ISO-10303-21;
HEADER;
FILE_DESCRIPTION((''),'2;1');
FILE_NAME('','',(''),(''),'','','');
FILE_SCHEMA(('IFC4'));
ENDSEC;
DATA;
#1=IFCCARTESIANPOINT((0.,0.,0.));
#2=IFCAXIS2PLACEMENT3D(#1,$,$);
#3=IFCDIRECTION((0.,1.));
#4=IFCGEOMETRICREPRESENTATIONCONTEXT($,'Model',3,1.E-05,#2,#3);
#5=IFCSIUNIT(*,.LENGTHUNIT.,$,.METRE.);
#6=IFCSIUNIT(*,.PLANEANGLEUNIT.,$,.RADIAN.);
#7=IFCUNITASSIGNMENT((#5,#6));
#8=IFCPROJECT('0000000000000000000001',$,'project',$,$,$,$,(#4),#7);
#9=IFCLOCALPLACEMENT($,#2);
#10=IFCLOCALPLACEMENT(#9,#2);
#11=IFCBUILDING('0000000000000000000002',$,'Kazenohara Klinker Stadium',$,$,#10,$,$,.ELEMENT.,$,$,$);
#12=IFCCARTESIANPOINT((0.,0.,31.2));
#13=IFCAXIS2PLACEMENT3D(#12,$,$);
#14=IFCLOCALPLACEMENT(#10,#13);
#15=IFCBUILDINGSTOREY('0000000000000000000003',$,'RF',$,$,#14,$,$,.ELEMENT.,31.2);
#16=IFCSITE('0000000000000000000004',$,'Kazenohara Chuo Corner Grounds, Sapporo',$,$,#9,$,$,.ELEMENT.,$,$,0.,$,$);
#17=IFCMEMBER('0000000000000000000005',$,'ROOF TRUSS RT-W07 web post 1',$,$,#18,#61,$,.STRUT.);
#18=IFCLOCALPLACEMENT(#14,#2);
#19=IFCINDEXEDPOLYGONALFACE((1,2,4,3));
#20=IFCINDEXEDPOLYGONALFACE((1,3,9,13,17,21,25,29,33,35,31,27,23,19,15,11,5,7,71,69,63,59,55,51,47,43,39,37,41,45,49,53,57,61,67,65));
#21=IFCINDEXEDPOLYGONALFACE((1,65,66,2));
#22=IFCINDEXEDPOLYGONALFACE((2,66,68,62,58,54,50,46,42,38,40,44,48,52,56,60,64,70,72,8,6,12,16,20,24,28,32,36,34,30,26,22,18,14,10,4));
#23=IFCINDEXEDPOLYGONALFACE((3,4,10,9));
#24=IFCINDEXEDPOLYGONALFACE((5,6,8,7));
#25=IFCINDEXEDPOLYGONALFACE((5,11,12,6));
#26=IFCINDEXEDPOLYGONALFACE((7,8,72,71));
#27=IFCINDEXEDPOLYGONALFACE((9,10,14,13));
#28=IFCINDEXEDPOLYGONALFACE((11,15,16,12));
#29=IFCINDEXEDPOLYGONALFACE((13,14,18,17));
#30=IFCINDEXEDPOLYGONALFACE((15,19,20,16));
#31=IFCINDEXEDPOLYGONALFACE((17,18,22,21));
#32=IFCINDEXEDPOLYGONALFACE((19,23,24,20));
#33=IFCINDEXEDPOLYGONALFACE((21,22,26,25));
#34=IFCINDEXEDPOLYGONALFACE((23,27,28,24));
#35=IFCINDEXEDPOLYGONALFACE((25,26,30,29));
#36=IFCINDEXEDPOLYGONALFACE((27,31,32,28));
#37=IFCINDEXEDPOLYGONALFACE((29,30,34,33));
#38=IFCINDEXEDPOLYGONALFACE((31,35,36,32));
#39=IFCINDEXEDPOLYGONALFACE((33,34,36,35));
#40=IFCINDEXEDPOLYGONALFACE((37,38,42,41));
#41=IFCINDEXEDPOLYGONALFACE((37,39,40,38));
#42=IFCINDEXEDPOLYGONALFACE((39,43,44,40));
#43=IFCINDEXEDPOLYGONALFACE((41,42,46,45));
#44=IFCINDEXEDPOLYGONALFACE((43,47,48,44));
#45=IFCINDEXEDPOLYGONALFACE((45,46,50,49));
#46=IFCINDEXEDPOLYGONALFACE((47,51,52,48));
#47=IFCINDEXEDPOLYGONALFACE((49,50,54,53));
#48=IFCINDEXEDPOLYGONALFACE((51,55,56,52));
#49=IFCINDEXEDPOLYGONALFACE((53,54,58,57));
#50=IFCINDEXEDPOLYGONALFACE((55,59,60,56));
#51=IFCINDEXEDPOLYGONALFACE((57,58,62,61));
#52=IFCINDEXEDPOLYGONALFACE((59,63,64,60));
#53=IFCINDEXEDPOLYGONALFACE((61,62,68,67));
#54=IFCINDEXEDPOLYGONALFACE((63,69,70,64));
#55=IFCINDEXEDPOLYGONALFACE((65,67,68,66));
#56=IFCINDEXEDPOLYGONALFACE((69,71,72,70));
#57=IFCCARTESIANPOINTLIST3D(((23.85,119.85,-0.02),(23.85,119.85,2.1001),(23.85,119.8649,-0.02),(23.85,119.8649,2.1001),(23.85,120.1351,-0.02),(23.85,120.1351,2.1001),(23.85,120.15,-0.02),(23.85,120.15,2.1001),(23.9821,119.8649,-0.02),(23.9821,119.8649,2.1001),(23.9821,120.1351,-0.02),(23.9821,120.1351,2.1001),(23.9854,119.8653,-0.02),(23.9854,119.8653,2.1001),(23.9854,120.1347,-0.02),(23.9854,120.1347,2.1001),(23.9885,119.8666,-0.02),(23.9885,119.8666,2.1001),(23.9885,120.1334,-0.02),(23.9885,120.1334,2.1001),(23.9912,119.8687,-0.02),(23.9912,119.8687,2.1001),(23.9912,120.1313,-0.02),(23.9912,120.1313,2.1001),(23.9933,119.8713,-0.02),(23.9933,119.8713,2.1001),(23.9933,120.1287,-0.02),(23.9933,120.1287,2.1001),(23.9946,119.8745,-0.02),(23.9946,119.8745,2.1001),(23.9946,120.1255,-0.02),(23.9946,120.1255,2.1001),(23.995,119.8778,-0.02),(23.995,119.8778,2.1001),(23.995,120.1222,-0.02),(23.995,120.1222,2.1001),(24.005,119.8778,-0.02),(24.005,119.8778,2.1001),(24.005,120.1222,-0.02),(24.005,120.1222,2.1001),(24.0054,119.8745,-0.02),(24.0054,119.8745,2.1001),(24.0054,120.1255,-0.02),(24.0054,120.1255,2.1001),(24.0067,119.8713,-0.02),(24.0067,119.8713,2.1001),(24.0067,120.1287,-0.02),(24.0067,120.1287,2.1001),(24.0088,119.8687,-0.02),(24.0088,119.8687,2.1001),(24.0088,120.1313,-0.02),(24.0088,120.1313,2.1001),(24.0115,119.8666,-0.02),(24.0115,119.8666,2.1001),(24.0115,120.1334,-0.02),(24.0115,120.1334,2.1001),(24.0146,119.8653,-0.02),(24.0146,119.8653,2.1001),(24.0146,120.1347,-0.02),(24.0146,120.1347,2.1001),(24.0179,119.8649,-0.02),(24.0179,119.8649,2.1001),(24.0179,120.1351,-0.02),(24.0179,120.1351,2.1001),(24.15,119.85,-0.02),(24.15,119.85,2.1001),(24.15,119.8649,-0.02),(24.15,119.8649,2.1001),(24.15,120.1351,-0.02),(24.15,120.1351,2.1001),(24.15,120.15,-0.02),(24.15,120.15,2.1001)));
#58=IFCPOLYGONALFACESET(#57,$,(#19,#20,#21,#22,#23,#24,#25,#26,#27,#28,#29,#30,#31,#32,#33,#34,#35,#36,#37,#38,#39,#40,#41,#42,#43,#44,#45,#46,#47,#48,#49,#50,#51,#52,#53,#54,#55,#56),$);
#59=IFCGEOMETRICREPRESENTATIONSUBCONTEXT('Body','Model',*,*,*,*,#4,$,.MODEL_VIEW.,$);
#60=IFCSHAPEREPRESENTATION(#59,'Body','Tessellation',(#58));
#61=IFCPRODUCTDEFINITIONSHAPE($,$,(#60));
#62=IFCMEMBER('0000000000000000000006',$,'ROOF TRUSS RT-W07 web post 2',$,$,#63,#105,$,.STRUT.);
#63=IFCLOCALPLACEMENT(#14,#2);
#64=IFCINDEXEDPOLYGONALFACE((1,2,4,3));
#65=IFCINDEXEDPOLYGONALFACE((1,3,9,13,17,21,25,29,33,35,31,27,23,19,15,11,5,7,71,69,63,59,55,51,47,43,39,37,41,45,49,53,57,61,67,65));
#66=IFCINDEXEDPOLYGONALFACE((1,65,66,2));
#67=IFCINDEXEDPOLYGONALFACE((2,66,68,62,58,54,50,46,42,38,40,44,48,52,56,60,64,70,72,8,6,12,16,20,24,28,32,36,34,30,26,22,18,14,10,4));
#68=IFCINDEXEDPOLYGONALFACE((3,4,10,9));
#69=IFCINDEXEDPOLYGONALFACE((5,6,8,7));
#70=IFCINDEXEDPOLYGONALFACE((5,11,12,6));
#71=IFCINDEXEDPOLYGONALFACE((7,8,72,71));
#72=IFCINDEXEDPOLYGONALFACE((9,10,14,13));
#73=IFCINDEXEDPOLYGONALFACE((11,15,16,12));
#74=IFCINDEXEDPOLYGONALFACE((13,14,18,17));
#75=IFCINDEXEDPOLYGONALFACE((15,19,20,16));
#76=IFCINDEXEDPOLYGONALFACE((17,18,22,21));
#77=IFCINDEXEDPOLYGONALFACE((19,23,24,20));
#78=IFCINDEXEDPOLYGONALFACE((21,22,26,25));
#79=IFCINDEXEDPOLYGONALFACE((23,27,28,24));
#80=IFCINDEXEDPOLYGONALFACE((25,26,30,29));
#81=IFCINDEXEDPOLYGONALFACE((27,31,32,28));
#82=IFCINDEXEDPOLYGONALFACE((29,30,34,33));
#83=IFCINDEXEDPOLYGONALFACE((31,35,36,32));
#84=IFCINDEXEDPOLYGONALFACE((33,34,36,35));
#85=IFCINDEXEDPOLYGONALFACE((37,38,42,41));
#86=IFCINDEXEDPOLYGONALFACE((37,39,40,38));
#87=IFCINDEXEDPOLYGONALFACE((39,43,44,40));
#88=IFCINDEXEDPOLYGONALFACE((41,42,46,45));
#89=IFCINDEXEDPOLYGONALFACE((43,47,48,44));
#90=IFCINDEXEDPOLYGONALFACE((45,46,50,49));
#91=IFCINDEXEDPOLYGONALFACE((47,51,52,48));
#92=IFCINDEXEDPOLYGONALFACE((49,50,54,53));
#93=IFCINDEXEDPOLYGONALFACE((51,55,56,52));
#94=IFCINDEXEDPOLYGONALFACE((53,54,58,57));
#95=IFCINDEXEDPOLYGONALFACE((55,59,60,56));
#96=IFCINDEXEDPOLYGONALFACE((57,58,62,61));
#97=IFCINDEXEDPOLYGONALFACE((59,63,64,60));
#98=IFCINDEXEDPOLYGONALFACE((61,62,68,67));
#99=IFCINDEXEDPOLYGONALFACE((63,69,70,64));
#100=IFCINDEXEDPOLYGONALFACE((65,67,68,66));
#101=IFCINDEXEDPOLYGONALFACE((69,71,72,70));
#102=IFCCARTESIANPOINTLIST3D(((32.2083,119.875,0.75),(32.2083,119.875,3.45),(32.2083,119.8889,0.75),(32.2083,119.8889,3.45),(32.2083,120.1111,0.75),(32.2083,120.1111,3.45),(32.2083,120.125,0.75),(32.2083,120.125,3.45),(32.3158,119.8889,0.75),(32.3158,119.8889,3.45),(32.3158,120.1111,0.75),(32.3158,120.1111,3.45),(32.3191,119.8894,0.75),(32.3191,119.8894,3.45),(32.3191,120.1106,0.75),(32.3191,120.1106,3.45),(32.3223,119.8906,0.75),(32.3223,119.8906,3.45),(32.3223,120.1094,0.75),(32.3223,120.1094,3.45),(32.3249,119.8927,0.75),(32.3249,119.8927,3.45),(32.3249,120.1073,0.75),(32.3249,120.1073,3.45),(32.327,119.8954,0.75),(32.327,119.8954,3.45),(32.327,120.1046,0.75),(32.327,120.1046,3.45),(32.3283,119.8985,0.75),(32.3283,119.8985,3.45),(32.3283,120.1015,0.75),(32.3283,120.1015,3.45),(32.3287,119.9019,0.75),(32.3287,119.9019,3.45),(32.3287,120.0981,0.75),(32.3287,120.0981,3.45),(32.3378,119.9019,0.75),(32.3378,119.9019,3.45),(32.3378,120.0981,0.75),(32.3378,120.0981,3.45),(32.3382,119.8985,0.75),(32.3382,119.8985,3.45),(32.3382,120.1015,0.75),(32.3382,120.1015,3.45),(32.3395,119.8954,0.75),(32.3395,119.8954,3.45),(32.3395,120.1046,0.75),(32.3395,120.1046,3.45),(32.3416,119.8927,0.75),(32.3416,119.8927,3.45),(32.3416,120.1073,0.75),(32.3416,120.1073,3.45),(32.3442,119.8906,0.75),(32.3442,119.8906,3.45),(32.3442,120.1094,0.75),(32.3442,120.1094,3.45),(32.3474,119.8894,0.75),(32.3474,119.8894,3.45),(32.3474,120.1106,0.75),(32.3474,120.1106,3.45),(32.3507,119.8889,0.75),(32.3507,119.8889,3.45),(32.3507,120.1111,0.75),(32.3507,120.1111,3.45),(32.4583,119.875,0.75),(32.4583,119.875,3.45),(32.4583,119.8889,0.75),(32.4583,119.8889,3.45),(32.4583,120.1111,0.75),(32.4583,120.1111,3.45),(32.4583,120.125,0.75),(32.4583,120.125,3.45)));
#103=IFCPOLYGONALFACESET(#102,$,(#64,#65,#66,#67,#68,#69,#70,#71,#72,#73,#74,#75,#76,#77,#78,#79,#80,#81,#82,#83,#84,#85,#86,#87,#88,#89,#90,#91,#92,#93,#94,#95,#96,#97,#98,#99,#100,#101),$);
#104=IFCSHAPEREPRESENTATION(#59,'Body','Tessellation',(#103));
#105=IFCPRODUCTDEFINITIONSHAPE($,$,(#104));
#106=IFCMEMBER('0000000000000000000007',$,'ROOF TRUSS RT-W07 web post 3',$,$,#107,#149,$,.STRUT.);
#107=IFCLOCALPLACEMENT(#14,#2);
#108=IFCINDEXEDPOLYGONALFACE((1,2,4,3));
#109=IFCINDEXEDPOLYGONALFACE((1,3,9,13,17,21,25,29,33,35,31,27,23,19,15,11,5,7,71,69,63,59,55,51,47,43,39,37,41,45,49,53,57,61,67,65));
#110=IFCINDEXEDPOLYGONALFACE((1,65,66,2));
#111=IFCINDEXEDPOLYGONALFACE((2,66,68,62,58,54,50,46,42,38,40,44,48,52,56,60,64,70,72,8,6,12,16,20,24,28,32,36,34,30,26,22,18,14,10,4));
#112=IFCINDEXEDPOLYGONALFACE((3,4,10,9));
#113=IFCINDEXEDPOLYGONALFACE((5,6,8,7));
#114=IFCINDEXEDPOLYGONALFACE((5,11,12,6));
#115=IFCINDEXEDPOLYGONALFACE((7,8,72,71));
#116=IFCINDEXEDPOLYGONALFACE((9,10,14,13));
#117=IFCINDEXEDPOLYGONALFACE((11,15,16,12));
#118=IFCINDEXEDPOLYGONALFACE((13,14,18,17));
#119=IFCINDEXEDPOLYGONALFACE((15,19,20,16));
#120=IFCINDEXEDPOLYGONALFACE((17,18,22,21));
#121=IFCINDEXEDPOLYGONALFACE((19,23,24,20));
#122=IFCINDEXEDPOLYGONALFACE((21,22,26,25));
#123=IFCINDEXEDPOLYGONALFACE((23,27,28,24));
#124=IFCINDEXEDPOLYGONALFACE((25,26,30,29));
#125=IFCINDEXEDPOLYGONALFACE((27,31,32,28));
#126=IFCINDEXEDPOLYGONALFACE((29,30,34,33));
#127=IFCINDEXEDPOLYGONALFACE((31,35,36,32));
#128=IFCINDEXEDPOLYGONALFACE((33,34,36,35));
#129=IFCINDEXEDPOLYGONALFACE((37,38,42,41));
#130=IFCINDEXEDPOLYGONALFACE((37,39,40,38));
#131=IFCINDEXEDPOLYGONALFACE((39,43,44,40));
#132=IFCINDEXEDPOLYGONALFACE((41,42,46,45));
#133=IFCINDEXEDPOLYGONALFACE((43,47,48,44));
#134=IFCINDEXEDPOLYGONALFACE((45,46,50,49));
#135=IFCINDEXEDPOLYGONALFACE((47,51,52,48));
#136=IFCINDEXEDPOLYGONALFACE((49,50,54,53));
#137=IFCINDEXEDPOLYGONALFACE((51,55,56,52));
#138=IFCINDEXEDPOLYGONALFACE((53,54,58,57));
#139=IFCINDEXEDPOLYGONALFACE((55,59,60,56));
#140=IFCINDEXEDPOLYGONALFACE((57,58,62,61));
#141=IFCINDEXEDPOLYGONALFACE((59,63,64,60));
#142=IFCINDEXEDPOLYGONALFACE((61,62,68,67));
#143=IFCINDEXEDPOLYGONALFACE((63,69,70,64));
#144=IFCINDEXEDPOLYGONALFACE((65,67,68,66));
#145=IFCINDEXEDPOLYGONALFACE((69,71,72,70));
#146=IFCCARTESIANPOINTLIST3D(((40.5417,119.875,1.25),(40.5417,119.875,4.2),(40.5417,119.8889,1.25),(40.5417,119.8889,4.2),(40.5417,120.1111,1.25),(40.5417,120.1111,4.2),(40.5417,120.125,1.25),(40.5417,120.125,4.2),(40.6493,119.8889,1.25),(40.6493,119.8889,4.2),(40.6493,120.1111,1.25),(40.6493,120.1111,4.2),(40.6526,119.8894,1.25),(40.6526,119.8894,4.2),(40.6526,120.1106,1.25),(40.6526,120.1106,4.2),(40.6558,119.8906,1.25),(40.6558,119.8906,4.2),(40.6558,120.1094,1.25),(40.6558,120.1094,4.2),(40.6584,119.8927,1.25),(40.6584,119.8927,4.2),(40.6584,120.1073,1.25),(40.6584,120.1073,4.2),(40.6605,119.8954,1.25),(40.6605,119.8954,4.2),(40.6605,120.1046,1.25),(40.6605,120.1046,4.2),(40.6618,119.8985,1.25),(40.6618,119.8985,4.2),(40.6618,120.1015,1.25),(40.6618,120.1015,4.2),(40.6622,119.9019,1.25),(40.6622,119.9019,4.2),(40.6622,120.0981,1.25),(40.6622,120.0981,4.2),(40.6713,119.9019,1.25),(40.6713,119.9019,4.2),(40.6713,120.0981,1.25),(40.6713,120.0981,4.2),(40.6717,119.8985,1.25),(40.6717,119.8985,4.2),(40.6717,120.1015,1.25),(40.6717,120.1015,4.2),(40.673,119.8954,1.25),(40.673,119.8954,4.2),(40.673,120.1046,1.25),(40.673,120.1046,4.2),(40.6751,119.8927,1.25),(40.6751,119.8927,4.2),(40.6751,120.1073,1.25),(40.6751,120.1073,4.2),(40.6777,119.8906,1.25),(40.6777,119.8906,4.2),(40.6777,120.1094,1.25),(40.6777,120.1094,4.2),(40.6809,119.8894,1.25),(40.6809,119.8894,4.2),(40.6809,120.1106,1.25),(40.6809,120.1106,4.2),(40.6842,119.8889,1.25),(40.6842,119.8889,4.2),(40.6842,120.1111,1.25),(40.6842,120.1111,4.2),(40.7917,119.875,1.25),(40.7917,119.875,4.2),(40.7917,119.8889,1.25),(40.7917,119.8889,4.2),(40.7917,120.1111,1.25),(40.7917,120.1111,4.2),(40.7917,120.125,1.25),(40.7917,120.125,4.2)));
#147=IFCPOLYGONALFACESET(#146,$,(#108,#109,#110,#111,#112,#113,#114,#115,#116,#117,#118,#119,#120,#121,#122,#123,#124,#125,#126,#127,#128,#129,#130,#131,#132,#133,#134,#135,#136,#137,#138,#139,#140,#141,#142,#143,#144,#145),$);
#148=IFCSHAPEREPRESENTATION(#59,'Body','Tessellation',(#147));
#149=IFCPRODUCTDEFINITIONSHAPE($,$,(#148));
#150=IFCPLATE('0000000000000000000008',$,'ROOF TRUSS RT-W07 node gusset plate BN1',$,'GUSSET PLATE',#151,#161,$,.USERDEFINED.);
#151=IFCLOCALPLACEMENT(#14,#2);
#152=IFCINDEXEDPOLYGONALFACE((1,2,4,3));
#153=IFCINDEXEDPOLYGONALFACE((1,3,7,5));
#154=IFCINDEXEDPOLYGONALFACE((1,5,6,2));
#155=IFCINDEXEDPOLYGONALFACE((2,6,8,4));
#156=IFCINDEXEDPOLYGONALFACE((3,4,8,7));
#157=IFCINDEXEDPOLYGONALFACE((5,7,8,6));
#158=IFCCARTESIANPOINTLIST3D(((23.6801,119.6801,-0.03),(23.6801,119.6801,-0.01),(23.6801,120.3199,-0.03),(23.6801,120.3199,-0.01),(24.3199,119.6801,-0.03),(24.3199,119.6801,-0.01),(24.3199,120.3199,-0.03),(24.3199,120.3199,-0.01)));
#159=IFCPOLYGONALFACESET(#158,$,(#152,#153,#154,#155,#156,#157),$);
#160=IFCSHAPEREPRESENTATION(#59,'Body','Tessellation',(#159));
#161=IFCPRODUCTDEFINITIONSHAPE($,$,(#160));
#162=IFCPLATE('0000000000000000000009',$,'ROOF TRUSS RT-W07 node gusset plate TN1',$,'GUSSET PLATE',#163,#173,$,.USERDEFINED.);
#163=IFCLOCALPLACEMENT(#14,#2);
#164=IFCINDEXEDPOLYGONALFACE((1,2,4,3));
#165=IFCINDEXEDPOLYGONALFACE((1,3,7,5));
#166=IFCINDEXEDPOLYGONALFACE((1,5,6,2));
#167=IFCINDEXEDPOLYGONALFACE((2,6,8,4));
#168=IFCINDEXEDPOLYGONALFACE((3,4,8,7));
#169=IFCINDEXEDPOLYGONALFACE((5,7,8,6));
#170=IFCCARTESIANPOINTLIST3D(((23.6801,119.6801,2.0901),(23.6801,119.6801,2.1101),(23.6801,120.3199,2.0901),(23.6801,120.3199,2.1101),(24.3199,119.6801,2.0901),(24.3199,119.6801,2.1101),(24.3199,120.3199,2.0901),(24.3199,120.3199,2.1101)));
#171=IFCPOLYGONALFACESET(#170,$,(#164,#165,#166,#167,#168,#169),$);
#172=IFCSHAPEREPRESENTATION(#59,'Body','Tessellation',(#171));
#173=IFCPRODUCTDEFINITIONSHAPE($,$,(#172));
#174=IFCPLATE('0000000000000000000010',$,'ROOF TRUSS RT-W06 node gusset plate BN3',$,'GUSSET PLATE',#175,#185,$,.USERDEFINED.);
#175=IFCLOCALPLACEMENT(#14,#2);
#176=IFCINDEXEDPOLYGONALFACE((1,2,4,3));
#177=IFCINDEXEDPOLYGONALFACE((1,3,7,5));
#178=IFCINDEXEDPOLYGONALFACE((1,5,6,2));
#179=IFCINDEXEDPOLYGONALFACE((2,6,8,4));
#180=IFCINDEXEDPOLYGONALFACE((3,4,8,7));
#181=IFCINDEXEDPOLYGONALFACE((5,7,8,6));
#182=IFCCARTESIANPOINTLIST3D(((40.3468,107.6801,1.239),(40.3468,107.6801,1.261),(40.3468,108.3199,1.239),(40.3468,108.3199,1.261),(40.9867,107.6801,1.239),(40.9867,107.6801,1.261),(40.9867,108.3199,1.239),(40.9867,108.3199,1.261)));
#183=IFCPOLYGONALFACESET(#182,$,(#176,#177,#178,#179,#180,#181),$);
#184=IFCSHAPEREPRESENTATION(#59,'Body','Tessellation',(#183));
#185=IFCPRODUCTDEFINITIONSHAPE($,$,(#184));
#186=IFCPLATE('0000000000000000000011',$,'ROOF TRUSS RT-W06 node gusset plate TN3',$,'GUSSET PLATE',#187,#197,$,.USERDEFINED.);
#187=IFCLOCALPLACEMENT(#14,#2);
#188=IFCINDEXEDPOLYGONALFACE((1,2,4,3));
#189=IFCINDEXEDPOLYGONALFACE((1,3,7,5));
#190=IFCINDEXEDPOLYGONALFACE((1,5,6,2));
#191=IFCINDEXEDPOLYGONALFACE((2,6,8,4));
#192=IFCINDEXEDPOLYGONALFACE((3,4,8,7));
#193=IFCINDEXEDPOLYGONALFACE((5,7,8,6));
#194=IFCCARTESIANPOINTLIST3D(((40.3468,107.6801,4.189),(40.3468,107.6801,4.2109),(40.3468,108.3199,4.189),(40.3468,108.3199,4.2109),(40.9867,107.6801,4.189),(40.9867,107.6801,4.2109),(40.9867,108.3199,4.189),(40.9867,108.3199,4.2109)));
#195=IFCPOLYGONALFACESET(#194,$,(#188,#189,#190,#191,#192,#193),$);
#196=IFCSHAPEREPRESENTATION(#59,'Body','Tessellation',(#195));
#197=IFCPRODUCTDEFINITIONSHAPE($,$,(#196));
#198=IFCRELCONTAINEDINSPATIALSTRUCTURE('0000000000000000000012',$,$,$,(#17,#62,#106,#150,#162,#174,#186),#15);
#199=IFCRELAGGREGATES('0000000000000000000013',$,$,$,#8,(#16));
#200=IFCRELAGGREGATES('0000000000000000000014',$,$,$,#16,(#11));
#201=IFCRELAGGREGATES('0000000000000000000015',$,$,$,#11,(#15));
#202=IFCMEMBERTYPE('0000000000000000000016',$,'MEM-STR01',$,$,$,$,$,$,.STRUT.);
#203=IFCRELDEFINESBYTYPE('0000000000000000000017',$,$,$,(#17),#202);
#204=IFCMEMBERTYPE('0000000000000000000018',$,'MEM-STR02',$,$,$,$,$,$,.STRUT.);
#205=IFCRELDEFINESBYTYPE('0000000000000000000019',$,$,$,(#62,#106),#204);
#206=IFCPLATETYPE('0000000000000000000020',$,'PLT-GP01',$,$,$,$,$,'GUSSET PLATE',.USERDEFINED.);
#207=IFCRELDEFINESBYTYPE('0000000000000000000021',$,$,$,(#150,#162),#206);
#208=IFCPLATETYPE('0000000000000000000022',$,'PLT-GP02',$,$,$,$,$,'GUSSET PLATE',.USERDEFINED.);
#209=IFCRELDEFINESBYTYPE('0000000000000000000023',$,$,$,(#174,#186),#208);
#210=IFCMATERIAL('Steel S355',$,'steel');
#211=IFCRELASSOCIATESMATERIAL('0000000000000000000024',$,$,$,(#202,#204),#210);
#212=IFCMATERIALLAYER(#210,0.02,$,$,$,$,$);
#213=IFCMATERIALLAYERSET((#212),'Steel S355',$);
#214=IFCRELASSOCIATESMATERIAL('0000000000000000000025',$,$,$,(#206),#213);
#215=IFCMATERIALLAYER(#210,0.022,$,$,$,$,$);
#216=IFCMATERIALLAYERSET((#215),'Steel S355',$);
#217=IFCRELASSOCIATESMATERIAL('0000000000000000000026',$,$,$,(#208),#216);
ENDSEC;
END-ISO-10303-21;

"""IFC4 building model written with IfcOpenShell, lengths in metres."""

from ifc_helpers import new_model, si_unit, direction, frame, origin, origin_2d, place, context, subcontext, project, spatial, rectangle, i_section, extrude, material, layer, layer_set, material_profile, profile_set, type_object, element, save


model = new_model("IFC4")

# Units and contexts
model_context = context("Model", 3, precision=1e-05, world=origin(), true_north=direction((0.0, 1.0)))
body_context = subcontext(model_context, "Body", "Model", "MODEL_VIEW")
ifc_project = project(units=[si_unit("LENGTHUNIT", "METRE"), si_unit("PLANEANGLEUNIT", "RADIAN")], contexts=[model_context])

# Site, building, storey
site_placement = place(None, origin())
site = spatial("IfcSite", under=ifc_project, at=site_placement, Name="Kazenohara Chuo Corner Grounds, Sapporo", CompositionType="ELEMENT", RefElevation=0.0)
building_placement = place(site_placement, origin())
building = spatial("IfcBuilding", under=site, at=building_placement, Name="Kazenohara Klinker Stadium", CompositionType="ELEMENT")
storey_placement = place(building_placement, frame((0.0, 0.0, 31.2)))
storey = spatial("IfcBuildingStorey", under=building, at=storey_placement, Name="RF", CompositionType="ELEMENT", Elevation=31.2)

# Members
ifc_material = material(Name="Steel S355", Category="steel")
ifc_material_profile_1 = material_profile(ifc_material, i_section(OverallWidth=0.3, OverallDepth=0.3, WebThickness=0.01, FlangeThickness=0.0149, FilletRadius=0.0129, at=origin_2d()), Name="H-300x300x10x15")
ifc_profile_set_1 = profile_set([ifc_material_profile_1], Name="Steel S355")
member_type_1 = type_object("IfcMemberType", Name="MEM-STR01", PredefinedType="STRUT", material=ifc_profile_set_1)
member_1_placement = place(storey_placement, frame((24.0, 120.0, -0.02), z_axis=(0.0, 0.0, 1.0), x_axis=(1.0, 0.0, 0.0)))
element("IfcMember", 1, at=member_1_placement, inside=storey, type_object=member_type_1, Name="ROOF TRUSS RT-W07 web post 1", PredefinedType="STRUT", context=body_context, shape_type="SweptSolid", body=[
    extrude(i_section(OverallWidth=0.3, OverallDepth=0.3, WebThickness=0.01, FlangeThickness=0.0149, FilletRadius=0.0129, at=origin_2d()), origin(), (0.0, 0.0, 1.0), 2.1201),
])
ifc_material_profile_2 = material_profile(ifc_material, i_section(OverallWidth=0.25, OverallDepth=0.25, WebThickness=0.009, FlangeThickness=0.0139, FilletRadius=0.0129, at=origin_2d()), Name="H-250x250x9x14")
ifc_profile_set_2 = profile_set([ifc_material_profile_2], Name="Steel S355")
member_type_2 = type_object("IfcMemberType", Name="MEM-STR02", PredefinedType="STRUT", material=ifc_profile_set_2)
member_2_placement = place(storey_placement, frame((32.3333, 120.0, 0.75), z_axis=(0.0, 0.0, 1.0), x_axis=(1.0, 0.0, 0.0)))
element("IfcMember", 2, at=member_2_placement, inside=storey, type_object=member_type_2, Name="ROOF TRUSS RT-W07 web post 2", PredefinedType="STRUT", context=body_context, shape_type="SweptSolid", body=[
    extrude(i_section(OverallWidth=0.25, OverallDepth=0.25, WebThickness=0.009, FlangeThickness=0.0139, FilletRadius=0.0129, at=origin_2d()), origin(), (0.0, 0.0, 1.0), 2.7),
])
member_3_placement = place(storey_placement, frame((40.6667, 120.0, 1.25), z_axis=(0.0, 0.0, 1.0), x_axis=(1.0, 0.0, 0.0)))
element("IfcMember", 3, at=member_3_placement, inside=storey, type_object=member_type_2, Name="ROOF TRUSS RT-W07 web post 3", PredefinedType="STRUT", context=body_context, shape_type="SweptSolid", body=[
    extrude(i_section(OverallWidth=0.25, OverallDepth=0.25, WebThickness=0.009, FlangeThickness=0.0139, FilletRadius=0.0129, at=origin_2d()), origin(), (0.0, 0.0, 1.0), 2.95),
])

# Plates
ifc_layer_1 = layer(ifc_material, 0.02)
ifc_layer_set_1 = layer_set([ifc_layer_1], Name="Steel S355")
plate_type_1 = type_object("IfcPlateType", Name="PLT-GP01", ElementType="GUSSET PLATE", PredefinedType="USERDEFINED", material=ifc_layer_set_1)
for number, where, z_axis, x_axis, name in (
    (4, (24.0, 120.0, -0.03), (0.0, 0.0, 1.0), (1.0, 0.0, 0.0), "ROOF TRUSS RT-W07 node gusset plate BN1"),
    (5, (24.0, 120.0, 2.0901), (0.0, 0.0, 1.0), (1.0, 0.0, 0.0), "ROOF TRUSS RT-W07 node gusset plate TN1"),
):
    element("IfcPlate", number, at=place(storey_placement, frame(where, z_axis=z_axis, x_axis=x_axis)), inside=storey, type_object=plate_type_1, Name=name, ObjectType="GUSSET PLATE", PredefinedType="USERDEFINED", context=body_context, shape_type="SweptSolid", body=[
        extrude(rectangle(XDim=0.6399, YDim=0.6399, at=origin_2d()), origin(), (0.0, 0.0, 1.0), 0.02),
    ])
ifc_layer_2 = layer(ifc_material, 0.022)
ifc_layer_set_2 = layer_set([ifc_layer_2], Name="Steel S355")
plate_type_2 = type_object("IfcPlateType", Name="PLT-GP02", ElementType="GUSSET PLATE", PredefinedType="USERDEFINED", material=ifc_layer_set_2)
for number, where, z_axis, x_axis, name in (
    (6, (40.6667, 108.0, 1.239), (0.0, 0.0, 1.0), (1.0, 0.0, 0.0), "ROOF TRUSS RT-W06 node gusset plate BN3"),
    (7, (40.6667, 108.0, 4.189), (0.0, 0.0, 1.0), (1.0, 0.0, 0.0), "ROOF TRUSS RT-W06 node gusset plate TN3"),
):
    element("IfcPlate", number, at=place(storey_placement, frame(where, z_axis=z_axis, x_axis=x_axis)), inside=storey, type_object=plate_type_2, Name=name, ObjectType="GUSSET PLATE", PredefinedType="USERDEFINED", context=body_context, shape_type="SweptSolid", body=[
        extrude(rectangle(XDim=0.6399, YDim=0.6399, at=origin_2d()), origin(), (0.0, 0.0, 1.0), 0.022),
    ])

save(model, "model.ifc")
